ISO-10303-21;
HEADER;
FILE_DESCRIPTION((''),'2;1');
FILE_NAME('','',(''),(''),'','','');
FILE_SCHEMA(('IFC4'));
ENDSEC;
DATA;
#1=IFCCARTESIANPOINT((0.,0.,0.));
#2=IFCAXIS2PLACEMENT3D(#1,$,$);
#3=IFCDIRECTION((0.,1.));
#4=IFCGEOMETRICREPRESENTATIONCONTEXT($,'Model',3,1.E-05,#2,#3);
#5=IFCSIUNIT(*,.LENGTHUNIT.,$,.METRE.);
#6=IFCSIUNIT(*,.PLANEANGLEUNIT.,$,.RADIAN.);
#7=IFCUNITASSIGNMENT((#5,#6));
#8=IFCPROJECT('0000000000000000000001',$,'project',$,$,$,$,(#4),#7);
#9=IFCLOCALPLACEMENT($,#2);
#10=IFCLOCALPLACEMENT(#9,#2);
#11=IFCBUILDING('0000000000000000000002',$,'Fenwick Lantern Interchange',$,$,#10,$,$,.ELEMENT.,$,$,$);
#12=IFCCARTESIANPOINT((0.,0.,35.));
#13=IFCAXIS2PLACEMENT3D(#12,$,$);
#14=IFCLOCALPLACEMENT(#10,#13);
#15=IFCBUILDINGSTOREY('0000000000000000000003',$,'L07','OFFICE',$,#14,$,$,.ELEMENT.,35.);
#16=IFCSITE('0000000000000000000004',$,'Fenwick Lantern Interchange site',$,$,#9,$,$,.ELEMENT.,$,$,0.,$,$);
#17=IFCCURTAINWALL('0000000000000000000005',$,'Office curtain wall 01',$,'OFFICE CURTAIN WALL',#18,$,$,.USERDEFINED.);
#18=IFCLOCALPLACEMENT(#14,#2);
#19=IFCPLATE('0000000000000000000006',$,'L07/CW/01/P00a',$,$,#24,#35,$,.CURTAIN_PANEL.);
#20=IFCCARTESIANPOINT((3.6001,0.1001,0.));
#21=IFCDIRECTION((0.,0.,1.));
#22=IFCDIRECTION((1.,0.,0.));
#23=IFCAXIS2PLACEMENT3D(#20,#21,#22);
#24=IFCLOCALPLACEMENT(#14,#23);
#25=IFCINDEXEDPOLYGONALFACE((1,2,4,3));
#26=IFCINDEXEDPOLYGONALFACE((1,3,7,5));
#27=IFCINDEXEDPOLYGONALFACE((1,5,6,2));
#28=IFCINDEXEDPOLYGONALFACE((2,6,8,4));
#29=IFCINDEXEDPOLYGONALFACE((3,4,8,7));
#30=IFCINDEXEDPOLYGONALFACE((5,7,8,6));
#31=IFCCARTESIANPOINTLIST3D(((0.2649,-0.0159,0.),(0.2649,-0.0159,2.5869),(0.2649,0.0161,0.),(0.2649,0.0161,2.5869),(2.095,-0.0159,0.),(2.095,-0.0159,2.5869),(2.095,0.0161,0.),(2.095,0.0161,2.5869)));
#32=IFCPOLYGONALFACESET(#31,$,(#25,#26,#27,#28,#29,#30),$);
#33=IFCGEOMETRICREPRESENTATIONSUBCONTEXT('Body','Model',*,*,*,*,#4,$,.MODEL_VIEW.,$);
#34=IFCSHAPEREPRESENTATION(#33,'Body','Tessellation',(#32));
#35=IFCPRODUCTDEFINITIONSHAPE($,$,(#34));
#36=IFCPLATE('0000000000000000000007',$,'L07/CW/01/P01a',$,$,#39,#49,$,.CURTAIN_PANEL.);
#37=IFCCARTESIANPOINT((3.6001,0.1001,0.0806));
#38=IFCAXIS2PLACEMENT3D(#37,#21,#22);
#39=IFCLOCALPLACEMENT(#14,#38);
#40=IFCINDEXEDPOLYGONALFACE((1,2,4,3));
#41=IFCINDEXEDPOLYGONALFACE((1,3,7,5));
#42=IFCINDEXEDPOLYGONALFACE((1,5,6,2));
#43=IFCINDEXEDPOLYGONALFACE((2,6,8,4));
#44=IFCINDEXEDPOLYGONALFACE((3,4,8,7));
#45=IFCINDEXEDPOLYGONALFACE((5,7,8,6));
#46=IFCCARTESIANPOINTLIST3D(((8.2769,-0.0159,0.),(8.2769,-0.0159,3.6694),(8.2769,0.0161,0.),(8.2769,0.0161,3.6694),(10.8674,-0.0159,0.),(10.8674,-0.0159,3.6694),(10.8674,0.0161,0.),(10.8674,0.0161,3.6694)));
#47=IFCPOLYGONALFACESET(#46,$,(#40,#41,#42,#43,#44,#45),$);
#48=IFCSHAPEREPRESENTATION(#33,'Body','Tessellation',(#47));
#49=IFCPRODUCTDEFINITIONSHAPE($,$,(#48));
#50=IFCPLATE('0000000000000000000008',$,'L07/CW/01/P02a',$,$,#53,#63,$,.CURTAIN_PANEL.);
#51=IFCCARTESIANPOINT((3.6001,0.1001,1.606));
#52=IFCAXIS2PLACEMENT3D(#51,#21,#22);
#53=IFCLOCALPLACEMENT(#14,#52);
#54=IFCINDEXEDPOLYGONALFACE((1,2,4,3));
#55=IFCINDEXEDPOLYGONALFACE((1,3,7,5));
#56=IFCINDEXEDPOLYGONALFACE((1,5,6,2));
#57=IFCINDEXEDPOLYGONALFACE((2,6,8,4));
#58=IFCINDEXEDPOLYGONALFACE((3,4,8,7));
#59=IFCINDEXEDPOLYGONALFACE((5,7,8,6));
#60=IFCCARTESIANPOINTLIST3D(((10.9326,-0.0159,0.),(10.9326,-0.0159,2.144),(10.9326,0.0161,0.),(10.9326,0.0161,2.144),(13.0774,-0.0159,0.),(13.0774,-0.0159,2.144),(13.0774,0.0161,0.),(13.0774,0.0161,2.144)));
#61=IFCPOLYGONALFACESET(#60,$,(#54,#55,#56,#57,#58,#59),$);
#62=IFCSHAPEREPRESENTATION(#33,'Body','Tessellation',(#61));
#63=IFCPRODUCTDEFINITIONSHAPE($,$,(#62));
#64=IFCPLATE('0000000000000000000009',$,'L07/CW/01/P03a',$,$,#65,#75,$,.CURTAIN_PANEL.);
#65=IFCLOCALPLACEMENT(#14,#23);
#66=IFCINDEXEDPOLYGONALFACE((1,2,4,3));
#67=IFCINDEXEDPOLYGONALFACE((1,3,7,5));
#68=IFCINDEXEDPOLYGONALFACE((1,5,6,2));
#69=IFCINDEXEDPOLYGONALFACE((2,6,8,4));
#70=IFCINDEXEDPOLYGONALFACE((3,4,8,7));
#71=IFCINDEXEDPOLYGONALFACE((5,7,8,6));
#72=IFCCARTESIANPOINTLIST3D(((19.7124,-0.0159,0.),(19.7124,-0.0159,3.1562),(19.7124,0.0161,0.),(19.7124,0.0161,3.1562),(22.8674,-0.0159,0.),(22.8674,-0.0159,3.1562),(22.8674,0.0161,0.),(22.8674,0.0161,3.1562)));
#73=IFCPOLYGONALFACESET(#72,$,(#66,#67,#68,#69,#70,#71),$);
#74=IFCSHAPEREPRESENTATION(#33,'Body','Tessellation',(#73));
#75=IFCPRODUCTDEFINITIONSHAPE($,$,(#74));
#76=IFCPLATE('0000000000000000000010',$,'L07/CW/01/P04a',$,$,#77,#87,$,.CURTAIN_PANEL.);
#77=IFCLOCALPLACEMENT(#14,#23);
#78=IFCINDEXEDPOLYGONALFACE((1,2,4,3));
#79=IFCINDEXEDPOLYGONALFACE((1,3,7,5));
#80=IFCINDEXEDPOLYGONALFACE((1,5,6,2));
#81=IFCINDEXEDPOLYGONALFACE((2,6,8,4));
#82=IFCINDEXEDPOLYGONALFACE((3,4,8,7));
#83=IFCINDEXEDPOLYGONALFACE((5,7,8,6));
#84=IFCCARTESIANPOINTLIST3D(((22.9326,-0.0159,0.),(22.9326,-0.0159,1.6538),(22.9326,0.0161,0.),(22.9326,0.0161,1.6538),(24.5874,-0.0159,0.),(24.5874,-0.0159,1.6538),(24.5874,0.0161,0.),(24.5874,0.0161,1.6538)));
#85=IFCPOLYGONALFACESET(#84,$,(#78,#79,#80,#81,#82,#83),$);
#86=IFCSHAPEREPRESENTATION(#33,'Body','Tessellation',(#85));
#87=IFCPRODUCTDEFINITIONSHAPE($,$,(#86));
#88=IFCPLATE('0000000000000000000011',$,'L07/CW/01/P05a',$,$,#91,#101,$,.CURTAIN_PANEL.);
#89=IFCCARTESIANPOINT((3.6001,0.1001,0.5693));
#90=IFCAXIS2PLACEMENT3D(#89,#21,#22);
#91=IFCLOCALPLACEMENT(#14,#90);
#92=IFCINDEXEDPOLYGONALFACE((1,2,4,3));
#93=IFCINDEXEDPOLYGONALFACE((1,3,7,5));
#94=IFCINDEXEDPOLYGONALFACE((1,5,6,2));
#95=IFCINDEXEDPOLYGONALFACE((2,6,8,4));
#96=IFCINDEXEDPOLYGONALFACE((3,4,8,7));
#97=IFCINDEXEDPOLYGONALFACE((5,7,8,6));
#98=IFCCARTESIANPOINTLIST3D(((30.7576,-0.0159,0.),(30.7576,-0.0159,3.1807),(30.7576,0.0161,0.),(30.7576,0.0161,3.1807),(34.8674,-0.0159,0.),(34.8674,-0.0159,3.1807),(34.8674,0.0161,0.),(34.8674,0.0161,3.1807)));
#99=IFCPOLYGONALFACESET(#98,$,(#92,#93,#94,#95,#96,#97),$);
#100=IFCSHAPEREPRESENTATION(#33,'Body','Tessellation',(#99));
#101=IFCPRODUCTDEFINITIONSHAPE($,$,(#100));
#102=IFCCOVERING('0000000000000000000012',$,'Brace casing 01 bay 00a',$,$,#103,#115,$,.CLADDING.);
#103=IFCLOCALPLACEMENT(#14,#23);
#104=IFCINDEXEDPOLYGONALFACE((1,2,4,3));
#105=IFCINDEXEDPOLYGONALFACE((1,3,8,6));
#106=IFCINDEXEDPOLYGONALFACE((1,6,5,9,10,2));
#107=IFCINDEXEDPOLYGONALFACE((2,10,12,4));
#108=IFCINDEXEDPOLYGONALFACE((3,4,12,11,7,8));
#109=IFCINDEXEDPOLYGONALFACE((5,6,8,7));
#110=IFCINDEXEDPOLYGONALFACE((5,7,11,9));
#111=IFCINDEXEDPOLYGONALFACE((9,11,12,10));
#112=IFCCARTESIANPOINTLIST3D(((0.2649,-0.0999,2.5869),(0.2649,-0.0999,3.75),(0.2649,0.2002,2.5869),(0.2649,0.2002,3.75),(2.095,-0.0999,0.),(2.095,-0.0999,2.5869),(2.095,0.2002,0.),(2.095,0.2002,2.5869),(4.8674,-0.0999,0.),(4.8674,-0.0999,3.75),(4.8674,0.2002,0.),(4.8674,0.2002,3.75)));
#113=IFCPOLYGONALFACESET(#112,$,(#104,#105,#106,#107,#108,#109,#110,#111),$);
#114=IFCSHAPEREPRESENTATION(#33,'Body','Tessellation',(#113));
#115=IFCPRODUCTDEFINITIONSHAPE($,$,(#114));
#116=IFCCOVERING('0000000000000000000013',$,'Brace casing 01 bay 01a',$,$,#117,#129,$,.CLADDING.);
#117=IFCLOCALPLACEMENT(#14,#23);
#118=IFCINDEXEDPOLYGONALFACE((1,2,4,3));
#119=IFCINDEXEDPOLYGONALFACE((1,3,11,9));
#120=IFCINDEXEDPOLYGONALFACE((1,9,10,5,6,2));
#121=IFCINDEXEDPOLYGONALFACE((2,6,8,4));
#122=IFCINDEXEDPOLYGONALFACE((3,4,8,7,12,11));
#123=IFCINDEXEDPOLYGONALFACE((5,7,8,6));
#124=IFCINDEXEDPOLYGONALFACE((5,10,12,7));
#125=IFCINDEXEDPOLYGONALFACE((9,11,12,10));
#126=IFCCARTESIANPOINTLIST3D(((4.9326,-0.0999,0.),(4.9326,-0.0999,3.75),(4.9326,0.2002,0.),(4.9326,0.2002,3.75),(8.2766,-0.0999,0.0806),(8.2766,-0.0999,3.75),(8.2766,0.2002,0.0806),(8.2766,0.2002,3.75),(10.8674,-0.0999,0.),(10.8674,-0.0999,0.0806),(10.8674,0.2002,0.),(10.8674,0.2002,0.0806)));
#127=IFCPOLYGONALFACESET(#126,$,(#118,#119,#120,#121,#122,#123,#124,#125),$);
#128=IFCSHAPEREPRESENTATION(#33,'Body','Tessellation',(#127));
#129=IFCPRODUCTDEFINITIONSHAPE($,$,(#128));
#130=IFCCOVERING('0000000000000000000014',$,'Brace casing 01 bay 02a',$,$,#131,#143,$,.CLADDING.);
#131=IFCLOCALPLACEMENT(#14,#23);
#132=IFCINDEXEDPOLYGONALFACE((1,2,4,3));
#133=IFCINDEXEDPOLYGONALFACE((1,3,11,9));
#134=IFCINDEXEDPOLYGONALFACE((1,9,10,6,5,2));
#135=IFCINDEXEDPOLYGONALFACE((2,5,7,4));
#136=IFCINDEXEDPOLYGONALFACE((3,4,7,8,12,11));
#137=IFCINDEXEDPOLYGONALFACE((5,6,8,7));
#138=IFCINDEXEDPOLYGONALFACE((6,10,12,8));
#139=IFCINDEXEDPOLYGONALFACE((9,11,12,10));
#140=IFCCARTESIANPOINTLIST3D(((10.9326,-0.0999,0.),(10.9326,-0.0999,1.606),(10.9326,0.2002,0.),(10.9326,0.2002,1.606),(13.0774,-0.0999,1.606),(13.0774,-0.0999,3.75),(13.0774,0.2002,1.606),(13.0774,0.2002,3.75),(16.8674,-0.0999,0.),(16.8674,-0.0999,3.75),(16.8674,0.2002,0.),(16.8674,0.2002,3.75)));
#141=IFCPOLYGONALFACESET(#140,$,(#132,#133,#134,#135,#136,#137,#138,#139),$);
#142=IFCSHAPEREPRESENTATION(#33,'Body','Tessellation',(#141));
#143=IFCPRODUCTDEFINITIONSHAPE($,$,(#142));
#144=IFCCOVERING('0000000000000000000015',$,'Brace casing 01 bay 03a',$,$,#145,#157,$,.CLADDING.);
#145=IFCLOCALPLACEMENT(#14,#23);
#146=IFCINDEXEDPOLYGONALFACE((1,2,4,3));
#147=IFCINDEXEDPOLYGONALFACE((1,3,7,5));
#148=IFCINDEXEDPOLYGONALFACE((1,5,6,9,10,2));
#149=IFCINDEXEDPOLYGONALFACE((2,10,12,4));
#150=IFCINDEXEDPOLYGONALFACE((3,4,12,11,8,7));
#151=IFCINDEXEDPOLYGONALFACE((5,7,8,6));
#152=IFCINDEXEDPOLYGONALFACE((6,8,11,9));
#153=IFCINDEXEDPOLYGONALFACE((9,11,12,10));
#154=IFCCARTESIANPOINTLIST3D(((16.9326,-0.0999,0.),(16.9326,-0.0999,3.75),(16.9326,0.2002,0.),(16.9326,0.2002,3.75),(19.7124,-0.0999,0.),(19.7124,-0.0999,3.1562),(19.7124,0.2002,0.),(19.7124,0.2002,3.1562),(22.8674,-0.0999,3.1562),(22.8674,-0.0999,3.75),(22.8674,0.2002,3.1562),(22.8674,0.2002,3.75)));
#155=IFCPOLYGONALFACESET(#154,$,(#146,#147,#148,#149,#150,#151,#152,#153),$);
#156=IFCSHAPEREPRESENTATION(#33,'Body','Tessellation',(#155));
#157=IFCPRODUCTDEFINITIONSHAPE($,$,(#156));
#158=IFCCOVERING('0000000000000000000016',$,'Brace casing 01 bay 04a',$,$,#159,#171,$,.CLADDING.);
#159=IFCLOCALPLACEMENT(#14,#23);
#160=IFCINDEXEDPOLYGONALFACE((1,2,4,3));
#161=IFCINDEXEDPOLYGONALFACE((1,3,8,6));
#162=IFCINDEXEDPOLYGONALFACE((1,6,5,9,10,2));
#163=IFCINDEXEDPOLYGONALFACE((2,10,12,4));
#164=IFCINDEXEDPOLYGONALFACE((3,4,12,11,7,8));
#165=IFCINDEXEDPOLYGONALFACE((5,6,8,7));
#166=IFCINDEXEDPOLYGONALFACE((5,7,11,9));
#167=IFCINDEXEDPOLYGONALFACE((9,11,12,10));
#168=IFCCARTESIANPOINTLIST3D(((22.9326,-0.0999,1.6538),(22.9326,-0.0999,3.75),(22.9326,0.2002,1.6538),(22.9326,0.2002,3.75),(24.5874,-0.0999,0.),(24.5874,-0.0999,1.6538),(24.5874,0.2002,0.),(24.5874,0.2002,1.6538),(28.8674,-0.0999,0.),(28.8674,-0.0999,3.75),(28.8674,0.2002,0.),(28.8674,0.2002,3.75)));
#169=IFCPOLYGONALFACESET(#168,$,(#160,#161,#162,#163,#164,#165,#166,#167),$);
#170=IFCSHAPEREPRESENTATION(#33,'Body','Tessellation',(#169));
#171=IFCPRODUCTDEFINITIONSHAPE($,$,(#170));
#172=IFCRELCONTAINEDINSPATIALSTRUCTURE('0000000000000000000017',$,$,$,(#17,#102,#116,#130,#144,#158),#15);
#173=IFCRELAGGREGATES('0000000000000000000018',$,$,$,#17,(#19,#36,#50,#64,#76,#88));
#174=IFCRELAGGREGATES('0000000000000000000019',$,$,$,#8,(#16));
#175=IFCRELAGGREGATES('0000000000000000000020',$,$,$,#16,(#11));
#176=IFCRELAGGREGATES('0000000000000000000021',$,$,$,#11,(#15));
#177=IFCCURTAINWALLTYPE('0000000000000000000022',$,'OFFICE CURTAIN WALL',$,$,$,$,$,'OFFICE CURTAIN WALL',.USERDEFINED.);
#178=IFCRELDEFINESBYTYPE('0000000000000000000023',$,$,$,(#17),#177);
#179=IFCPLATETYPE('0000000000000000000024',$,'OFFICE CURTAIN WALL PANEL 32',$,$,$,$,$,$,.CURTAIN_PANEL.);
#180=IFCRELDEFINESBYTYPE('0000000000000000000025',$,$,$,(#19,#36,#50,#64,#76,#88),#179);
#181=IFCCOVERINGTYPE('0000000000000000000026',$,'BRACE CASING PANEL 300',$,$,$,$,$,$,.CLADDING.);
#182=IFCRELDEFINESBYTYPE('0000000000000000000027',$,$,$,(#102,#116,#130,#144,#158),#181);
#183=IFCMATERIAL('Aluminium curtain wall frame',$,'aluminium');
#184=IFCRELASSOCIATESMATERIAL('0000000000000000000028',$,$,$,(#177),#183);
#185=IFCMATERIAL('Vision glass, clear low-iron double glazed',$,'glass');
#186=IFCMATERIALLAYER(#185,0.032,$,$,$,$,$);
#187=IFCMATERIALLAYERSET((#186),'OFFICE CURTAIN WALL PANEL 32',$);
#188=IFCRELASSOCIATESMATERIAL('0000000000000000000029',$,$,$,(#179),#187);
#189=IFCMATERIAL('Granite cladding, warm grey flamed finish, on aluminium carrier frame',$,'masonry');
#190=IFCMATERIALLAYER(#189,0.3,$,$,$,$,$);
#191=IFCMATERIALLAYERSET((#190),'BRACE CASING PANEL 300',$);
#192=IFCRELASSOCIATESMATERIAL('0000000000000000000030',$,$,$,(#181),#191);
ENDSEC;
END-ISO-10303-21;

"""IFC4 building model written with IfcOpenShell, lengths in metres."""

from ifc_helpers import new_model, si_unit, direction, frame, origin, place, context, subcontext, project, spatial, polyline, outline, extrude, material, layer, layer_set, type_object, element, aggregate, save


model = new_model("IFC4")

# Units and contexts
model_context = context("Model", 3, precision=1e-05, world=origin(), true_north=direction((0.0, 1.0)))
body_context = subcontext(model_context, "Body", "Model", "MODEL_VIEW")
ifc_project = project(units=[si_unit("LENGTHUNIT", "METRE"), si_unit("PLANEANGLEUNIT", "RADIAN")], contexts=[model_context])

# Site, building, storey
site_placement = place(None, origin())
site = spatial("IfcSite", under=ifc_project, at=site_placement, Name="Fenwick Lantern Interchange site", CompositionType="ELEMENT", RefElevation=0.0)
building_placement = place(site_placement, origin())
building = spatial("IfcBuilding", under=site, at=building_placement, Name="Fenwick Lantern Interchange", CompositionType="ELEMENT")
storey_placement = place(building_placement, frame((0.0, 0.0, 35.0)))
storey = spatial("IfcBuildingStorey", under=building, at=storey_placement, Name="L07", Description="OFFICE", CompositionType="ELEMENT", Elevation=35.0)

# Shared definitions
ifc_material_1 = material(Name="Aluminium curtain wall frame", Category="aluminium")
curtain_wall_type = type_object("IfcCurtainWallType", Name="OFFICE CURTAIN WALL", ElementType="OFFICE CURTAIN WALL", PredefinedType="USERDEFINED", material=ifc_material_1)

# Curtain wall, plates
curtain_wall_1_placement = place(storey_placement, origin())
curtain_wall_1 = element("IfcCurtainWall", 1, at=curtain_wall_1_placement, inside=storey, type_object=curtain_wall_type, Name="Office curtain wall 01", ObjectType="OFFICE CURTAIN WALL", PredefinedType="USERDEFINED")
ifc_material_2 = material(Name="Vision glass, clear low-iron double glazed", Category="glass")
ifc_layer_1 = layer(ifc_material_2, 0.032)
ifc_layer_set_1 = layer_set([ifc_layer_1], Name="OFFICE CURTAIN WALL PANEL 32")
plate_type = type_object("IfcPlateType", Name="OFFICE CURTAIN WALL PANEL 32", PredefinedType="CURTAIN_PANEL", material=ifc_layer_set_1)
plate_1_placement = place(storey_placement, frame((3.6001, 0.1001, 0.0), z_axis=(0.0, 0.0, 1.0), x_axis=(1.0, 0.0, 0.0)))
plate_1 = element("IfcPlate", 2, at=plate_1_placement, type_object=plate_type, Name="L07/CW/01/P00a", PredefinedType="CURTAIN_PANEL", context=body_context, shape_type="SweptSolid", body=[
    extrude(outline(polyline([(0.2649, 0.0), (2.095, 0.0), (2.095, 2.5869), (0.2649, 2.5869), (0.2649, 0.0)])), frame((0.0, 0.0161, 0.0), z_axis=(0.0, -1.0, 0.0), x_axis=(1.0, 0.0, 0.0)), (0.0, 0.0, 1.0), 0.032),
])
plate_2_placement = place(storey_placement, frame((3.6001, 0.1001, 0.0806), z_axis=(0.0, 0.0, 1.0), x_axis=(1.0, 0.0, 0.0)))
plate_2 = element("IfcPlate", 3, at=plate_2_placement, type_object=plate_type, Name="L07/CW/01/P01a", PredefinedType="CURTAIN_PANEL", context=body_context, shape_type="SweptSolid", body=[
    extrude(outline(polyline([(8.2769, 0.0), (10.8674, 0.0), (10.8674, 3.6694), (8.2769, 3.6694), (8.2769, 0.0)])), frame((0.0, 0.0161, 0.0), z_axis=(0.0, -1.0, 0.0), x_axis=(1.0, 0.0, 0.0)), (0.0, 0.0, 1.0), 0.032),
])
plate_3_placement = place(storey_placement, frame((3.6001, 0.1001, 1.606), z_axis=(0.0, 0.0, 1.0), x_axis=(1.0, 0.0, 0.0)))
plate_3 = element("IfcPlate", 4, at=plate_3_placement, type_object=plate_type, Name="L07/CW/01/P02a", PredefinedType="CURTAIN_PANEL", context=body_context, shape_type="SweptSolid", body=[
    extrude(outline(polyline([(10.9326, 0.0), (13.0774, 0.0), (13.0774, 2.144), (10.9326, 2.144), (10.9326, 0.0)])), frame((0.0, 0.0161, 0.0), z_axis=(0.0, -1.0, 0.0), x_axis=(1.0, 0.0, 0.0)), (0.0, 0.0, 1.0), 0.032),
])
plate_4_placement = place(storey_placement, frame((3.6001, 0.1001, 0.0), z_axis=(0.0, 0.0, 1.0), x_axis=(1.0, 0.0, 0.0)))
plate_4 = element("IfcPlate", 5, at=plate_4_placement, type_object=plate_type, Name="L07/CW/01/P03a", PredefinedType="CURTAIN_PANEL", context=body_context, shape_type="SweptSolid", body=[
    extrude(outline(polyline([(19.7124, 0.0), (22.8674, 0.0), (22.8674, 3.1562), (19.7124, 3.1562), (19.7124, 0.0)])), frame((0.0, 0.0161, 0.0), z_axis=(0.0, -1.0, 0.0), x_axis=(1.0, 0.0, 0.0)), (0.0, 0.0, 1.0), 0.032),
])
plate_5_placement = place(storey_placement, frame((3.6001, 0.1001, 0.0), z_axis=(0.0, 0.0, 1.0), x_axis=(1.0, 0.0, 0.0)))
plate_5 = element("IfcPlate", 6, at=plate_5_placement, type_object=plate_type, Name="L07/CW/01/P04a", PredefinedType="CURTAIN_PANEL", context=body_context, shape_type="SweptSolid", body=[
    extrude(outline(polyline([(22.9326, 0.0), (24.5874, 0.0), (24.5874, 1.6538), (22.9326, 1.6538), (22.9326, 0.0)])), frame((0.0, 0.0161, 0.0), z_axis=(0.0, -1.0, 0.0), x_axis=(1.0, 0.0, 0.0)), (0.0, 0.0, 1.0), 0.032),
])
plate_6_placement = place(storey_placement, frame((3.6001, 0.1001, 0.5693), z_axis=(0.0, 0.0, 1.0), x_axis=(1.0, 0.0, 0.0)))
plate_6 = element("IfcPlate", 7, at=plate_6_placement, type_object=plate_type, Name="L07/CW/01/P05a", PredefinedType="CURTAIN_PANEL", context=body_context, shape_type="SweptSolid", body=[
    extrude(outline(polyline([(30.7576, 0.0), (34.8674, 0.0), (34.8674, 3.1807), (30.7576, 3.1807), (30.7576, 0.0)])), frame((0.0, 0.0161, 0.0), z_axis=(0.0, -1.0, 0.0), x_axis=(1.0, 0.0, 0.0)), (0.0, 0.0, 1.0), 0.032),
])
aggregate(curtain_wall_1, [plate_1, plate_2, plate_3, plate_4, plate_5, plate_6])

# Coverings
ifc_material_3 = material(Name="Granite cladding, warm grey flamed finish, on aluminium carrier frame", Category="masonry")
ifc_layer_2 = layer(ifc_material_3, 0.3)
ifc_layer_set_2 = layer_set([ifc_layer_2], Name="BRACE CASING PANEL 300")
covering_type_1 = type_object("IfcCoveringType", Name="BRACE CASING PANEL 300", PredefinedType="CLADDING", material=ifc_layer_set_2)
covering_1_placement = place(storey_placement, frame((3.6001, 0.1001, 0.0), z_axis=(0.0, 0.0, 1.0), x_axis=(1.0, 0.0, 0.0)))
element("IfcCovering", 8, at=covering_1_placement, inside=storey, type_object=covering_type_1, Name="Brace casing 01 bay 00a", PredefinedType="CLADDING", context=body_context, shape_type="SweptSolid", body=[
    extrude(outline(polyline([(2.095, 0.0), (4.8674, 0.0), (4.8674, 3.75), (0.2649, 3.75), (0.2649, 2.5869), (2.095, 2.5869), (2.095, 0.0)])), frame((0.0, 0.2002, 0.0), z_axis=(0.0, -1.0, 0.0), x_axis=(1.0, 0.0, 0.0)), (0.0, 0.0, 1.0), 0.3),
])
covering_2_placement = place(storey_placement, frame((3.6001, 0.1001, 0.0), z_axis=(0.0, 0.0, 1.0), x_axis=(1.0, 0.0, 0.0)))
element("IfcCovering", 9, at=covering_2_placement, inside=storey, type_object=covering_type_1, Name="Brace casing 01 bay 01a", PredefinedType="CLADDING", context=body_context, shape_type="SweptSolid", body=[
    extrude(outline(polyline([(4.9326, 0.0), (10.8674, 0.0), (10.8674, 0.0806), (8.2766, 0.0806), (8.2766, 3.75), (4.9326, 3.75), (4.9326, 0.0)])), frame((0.0, 0.2002, 0.0), z_axis=(0.0, -1.0, 0.0), x_axis=(1.0, 0.0, 0.0)), (0.0, 0.0, 1.0), 0.3),
])
covering_3_placement = place(storey_placement, frame((3.6001, 0.1001, 0.0), z_axis=(0.0, 0.0, 1.0), x_axis=(1.0, 0.0, 0.0)))
element("IfcCovering", 10, at=covering_3_placement, inside=storey, type_object=covering_type_1, Name="Brace casing 01 bay 02a", PredefinedType="CLADDING", context=body_context, shape_type="SweptSolid", body=[
    extrude(outline(polyline([(10.9326, 0.0), (16.8674, 0.0), (16.8674, 3.75), (13.0774, 3.75), (13.0774, 1.606), (10.9326, 1.606), (10.9326, 0.0)])), frame((0.0, 0.2002, 0.0), z_axis=(0.0, -1.0, 0.0), x_axis=(1.0, 0.0, 0.0)), (0.0, 0.0, 1.0), 0.3),
])
covering_4_placement = place(storey_placement, frame((3.6001, 0.1001, 0.0), z_axis=(0.0, 0.0, 1.0), x_axis=(1.0, 0.0, 0.0)))
element("IfcCovering", 11, at=covering_4_placement, inside=storey, type_object=covering_type_1, Name="Brace casing 01 bay 03a", PredefinedType="CLADDING", context=body_context, shape_type="SweptSolid", body=[
    extrude(outline(polyline([(16.9326, 0.0), (19.7124, 0.0), (19.7124, 3.1562), (22.8674, 3.1562), (22.8674, 3.75), (16.9326, 3.75), (16.9326, 0.0)])), frame((0.0, 0.2002, 0.0), z_axis=(0.0, -1.0, 0.0), x_axis=(1.0, 0.0, 0.0)), (0.0, 0.0, 1.0), 0.3),
])
covering_5_placement = place(storey_placement, frame((3.6001, 0.1001, 0.0), z_axis=(0.0, 0.0, 1.0), x_axis=(1.0, 0.0, 0.0)))
element("IfcCovering", 12, at=covering_5_placement, inside=storey, type_object=covering_type_1, Name="Brace casing 01 bay 04a", PredefinedType="CLADDING", context=body_context, shape_type="SweptSolid", body=[
    extrude(outline(polyline([(24.5874, 0.0), (28.8674, 0.0), (28.8674, 3.75), (22.9326, 3.75), (22.9326, 1.6538), (24.5874, 1.6538), (24.5874, 0.0)])), frame((0.0, 0.2002, 0.0), z_axis=(0.0, -1.0, 0.0), x_axis=(1.0, 0.0, 0.0)), (0.0, 0.0, 1.0), 0.3),
])

save(model, "model.ifc")
